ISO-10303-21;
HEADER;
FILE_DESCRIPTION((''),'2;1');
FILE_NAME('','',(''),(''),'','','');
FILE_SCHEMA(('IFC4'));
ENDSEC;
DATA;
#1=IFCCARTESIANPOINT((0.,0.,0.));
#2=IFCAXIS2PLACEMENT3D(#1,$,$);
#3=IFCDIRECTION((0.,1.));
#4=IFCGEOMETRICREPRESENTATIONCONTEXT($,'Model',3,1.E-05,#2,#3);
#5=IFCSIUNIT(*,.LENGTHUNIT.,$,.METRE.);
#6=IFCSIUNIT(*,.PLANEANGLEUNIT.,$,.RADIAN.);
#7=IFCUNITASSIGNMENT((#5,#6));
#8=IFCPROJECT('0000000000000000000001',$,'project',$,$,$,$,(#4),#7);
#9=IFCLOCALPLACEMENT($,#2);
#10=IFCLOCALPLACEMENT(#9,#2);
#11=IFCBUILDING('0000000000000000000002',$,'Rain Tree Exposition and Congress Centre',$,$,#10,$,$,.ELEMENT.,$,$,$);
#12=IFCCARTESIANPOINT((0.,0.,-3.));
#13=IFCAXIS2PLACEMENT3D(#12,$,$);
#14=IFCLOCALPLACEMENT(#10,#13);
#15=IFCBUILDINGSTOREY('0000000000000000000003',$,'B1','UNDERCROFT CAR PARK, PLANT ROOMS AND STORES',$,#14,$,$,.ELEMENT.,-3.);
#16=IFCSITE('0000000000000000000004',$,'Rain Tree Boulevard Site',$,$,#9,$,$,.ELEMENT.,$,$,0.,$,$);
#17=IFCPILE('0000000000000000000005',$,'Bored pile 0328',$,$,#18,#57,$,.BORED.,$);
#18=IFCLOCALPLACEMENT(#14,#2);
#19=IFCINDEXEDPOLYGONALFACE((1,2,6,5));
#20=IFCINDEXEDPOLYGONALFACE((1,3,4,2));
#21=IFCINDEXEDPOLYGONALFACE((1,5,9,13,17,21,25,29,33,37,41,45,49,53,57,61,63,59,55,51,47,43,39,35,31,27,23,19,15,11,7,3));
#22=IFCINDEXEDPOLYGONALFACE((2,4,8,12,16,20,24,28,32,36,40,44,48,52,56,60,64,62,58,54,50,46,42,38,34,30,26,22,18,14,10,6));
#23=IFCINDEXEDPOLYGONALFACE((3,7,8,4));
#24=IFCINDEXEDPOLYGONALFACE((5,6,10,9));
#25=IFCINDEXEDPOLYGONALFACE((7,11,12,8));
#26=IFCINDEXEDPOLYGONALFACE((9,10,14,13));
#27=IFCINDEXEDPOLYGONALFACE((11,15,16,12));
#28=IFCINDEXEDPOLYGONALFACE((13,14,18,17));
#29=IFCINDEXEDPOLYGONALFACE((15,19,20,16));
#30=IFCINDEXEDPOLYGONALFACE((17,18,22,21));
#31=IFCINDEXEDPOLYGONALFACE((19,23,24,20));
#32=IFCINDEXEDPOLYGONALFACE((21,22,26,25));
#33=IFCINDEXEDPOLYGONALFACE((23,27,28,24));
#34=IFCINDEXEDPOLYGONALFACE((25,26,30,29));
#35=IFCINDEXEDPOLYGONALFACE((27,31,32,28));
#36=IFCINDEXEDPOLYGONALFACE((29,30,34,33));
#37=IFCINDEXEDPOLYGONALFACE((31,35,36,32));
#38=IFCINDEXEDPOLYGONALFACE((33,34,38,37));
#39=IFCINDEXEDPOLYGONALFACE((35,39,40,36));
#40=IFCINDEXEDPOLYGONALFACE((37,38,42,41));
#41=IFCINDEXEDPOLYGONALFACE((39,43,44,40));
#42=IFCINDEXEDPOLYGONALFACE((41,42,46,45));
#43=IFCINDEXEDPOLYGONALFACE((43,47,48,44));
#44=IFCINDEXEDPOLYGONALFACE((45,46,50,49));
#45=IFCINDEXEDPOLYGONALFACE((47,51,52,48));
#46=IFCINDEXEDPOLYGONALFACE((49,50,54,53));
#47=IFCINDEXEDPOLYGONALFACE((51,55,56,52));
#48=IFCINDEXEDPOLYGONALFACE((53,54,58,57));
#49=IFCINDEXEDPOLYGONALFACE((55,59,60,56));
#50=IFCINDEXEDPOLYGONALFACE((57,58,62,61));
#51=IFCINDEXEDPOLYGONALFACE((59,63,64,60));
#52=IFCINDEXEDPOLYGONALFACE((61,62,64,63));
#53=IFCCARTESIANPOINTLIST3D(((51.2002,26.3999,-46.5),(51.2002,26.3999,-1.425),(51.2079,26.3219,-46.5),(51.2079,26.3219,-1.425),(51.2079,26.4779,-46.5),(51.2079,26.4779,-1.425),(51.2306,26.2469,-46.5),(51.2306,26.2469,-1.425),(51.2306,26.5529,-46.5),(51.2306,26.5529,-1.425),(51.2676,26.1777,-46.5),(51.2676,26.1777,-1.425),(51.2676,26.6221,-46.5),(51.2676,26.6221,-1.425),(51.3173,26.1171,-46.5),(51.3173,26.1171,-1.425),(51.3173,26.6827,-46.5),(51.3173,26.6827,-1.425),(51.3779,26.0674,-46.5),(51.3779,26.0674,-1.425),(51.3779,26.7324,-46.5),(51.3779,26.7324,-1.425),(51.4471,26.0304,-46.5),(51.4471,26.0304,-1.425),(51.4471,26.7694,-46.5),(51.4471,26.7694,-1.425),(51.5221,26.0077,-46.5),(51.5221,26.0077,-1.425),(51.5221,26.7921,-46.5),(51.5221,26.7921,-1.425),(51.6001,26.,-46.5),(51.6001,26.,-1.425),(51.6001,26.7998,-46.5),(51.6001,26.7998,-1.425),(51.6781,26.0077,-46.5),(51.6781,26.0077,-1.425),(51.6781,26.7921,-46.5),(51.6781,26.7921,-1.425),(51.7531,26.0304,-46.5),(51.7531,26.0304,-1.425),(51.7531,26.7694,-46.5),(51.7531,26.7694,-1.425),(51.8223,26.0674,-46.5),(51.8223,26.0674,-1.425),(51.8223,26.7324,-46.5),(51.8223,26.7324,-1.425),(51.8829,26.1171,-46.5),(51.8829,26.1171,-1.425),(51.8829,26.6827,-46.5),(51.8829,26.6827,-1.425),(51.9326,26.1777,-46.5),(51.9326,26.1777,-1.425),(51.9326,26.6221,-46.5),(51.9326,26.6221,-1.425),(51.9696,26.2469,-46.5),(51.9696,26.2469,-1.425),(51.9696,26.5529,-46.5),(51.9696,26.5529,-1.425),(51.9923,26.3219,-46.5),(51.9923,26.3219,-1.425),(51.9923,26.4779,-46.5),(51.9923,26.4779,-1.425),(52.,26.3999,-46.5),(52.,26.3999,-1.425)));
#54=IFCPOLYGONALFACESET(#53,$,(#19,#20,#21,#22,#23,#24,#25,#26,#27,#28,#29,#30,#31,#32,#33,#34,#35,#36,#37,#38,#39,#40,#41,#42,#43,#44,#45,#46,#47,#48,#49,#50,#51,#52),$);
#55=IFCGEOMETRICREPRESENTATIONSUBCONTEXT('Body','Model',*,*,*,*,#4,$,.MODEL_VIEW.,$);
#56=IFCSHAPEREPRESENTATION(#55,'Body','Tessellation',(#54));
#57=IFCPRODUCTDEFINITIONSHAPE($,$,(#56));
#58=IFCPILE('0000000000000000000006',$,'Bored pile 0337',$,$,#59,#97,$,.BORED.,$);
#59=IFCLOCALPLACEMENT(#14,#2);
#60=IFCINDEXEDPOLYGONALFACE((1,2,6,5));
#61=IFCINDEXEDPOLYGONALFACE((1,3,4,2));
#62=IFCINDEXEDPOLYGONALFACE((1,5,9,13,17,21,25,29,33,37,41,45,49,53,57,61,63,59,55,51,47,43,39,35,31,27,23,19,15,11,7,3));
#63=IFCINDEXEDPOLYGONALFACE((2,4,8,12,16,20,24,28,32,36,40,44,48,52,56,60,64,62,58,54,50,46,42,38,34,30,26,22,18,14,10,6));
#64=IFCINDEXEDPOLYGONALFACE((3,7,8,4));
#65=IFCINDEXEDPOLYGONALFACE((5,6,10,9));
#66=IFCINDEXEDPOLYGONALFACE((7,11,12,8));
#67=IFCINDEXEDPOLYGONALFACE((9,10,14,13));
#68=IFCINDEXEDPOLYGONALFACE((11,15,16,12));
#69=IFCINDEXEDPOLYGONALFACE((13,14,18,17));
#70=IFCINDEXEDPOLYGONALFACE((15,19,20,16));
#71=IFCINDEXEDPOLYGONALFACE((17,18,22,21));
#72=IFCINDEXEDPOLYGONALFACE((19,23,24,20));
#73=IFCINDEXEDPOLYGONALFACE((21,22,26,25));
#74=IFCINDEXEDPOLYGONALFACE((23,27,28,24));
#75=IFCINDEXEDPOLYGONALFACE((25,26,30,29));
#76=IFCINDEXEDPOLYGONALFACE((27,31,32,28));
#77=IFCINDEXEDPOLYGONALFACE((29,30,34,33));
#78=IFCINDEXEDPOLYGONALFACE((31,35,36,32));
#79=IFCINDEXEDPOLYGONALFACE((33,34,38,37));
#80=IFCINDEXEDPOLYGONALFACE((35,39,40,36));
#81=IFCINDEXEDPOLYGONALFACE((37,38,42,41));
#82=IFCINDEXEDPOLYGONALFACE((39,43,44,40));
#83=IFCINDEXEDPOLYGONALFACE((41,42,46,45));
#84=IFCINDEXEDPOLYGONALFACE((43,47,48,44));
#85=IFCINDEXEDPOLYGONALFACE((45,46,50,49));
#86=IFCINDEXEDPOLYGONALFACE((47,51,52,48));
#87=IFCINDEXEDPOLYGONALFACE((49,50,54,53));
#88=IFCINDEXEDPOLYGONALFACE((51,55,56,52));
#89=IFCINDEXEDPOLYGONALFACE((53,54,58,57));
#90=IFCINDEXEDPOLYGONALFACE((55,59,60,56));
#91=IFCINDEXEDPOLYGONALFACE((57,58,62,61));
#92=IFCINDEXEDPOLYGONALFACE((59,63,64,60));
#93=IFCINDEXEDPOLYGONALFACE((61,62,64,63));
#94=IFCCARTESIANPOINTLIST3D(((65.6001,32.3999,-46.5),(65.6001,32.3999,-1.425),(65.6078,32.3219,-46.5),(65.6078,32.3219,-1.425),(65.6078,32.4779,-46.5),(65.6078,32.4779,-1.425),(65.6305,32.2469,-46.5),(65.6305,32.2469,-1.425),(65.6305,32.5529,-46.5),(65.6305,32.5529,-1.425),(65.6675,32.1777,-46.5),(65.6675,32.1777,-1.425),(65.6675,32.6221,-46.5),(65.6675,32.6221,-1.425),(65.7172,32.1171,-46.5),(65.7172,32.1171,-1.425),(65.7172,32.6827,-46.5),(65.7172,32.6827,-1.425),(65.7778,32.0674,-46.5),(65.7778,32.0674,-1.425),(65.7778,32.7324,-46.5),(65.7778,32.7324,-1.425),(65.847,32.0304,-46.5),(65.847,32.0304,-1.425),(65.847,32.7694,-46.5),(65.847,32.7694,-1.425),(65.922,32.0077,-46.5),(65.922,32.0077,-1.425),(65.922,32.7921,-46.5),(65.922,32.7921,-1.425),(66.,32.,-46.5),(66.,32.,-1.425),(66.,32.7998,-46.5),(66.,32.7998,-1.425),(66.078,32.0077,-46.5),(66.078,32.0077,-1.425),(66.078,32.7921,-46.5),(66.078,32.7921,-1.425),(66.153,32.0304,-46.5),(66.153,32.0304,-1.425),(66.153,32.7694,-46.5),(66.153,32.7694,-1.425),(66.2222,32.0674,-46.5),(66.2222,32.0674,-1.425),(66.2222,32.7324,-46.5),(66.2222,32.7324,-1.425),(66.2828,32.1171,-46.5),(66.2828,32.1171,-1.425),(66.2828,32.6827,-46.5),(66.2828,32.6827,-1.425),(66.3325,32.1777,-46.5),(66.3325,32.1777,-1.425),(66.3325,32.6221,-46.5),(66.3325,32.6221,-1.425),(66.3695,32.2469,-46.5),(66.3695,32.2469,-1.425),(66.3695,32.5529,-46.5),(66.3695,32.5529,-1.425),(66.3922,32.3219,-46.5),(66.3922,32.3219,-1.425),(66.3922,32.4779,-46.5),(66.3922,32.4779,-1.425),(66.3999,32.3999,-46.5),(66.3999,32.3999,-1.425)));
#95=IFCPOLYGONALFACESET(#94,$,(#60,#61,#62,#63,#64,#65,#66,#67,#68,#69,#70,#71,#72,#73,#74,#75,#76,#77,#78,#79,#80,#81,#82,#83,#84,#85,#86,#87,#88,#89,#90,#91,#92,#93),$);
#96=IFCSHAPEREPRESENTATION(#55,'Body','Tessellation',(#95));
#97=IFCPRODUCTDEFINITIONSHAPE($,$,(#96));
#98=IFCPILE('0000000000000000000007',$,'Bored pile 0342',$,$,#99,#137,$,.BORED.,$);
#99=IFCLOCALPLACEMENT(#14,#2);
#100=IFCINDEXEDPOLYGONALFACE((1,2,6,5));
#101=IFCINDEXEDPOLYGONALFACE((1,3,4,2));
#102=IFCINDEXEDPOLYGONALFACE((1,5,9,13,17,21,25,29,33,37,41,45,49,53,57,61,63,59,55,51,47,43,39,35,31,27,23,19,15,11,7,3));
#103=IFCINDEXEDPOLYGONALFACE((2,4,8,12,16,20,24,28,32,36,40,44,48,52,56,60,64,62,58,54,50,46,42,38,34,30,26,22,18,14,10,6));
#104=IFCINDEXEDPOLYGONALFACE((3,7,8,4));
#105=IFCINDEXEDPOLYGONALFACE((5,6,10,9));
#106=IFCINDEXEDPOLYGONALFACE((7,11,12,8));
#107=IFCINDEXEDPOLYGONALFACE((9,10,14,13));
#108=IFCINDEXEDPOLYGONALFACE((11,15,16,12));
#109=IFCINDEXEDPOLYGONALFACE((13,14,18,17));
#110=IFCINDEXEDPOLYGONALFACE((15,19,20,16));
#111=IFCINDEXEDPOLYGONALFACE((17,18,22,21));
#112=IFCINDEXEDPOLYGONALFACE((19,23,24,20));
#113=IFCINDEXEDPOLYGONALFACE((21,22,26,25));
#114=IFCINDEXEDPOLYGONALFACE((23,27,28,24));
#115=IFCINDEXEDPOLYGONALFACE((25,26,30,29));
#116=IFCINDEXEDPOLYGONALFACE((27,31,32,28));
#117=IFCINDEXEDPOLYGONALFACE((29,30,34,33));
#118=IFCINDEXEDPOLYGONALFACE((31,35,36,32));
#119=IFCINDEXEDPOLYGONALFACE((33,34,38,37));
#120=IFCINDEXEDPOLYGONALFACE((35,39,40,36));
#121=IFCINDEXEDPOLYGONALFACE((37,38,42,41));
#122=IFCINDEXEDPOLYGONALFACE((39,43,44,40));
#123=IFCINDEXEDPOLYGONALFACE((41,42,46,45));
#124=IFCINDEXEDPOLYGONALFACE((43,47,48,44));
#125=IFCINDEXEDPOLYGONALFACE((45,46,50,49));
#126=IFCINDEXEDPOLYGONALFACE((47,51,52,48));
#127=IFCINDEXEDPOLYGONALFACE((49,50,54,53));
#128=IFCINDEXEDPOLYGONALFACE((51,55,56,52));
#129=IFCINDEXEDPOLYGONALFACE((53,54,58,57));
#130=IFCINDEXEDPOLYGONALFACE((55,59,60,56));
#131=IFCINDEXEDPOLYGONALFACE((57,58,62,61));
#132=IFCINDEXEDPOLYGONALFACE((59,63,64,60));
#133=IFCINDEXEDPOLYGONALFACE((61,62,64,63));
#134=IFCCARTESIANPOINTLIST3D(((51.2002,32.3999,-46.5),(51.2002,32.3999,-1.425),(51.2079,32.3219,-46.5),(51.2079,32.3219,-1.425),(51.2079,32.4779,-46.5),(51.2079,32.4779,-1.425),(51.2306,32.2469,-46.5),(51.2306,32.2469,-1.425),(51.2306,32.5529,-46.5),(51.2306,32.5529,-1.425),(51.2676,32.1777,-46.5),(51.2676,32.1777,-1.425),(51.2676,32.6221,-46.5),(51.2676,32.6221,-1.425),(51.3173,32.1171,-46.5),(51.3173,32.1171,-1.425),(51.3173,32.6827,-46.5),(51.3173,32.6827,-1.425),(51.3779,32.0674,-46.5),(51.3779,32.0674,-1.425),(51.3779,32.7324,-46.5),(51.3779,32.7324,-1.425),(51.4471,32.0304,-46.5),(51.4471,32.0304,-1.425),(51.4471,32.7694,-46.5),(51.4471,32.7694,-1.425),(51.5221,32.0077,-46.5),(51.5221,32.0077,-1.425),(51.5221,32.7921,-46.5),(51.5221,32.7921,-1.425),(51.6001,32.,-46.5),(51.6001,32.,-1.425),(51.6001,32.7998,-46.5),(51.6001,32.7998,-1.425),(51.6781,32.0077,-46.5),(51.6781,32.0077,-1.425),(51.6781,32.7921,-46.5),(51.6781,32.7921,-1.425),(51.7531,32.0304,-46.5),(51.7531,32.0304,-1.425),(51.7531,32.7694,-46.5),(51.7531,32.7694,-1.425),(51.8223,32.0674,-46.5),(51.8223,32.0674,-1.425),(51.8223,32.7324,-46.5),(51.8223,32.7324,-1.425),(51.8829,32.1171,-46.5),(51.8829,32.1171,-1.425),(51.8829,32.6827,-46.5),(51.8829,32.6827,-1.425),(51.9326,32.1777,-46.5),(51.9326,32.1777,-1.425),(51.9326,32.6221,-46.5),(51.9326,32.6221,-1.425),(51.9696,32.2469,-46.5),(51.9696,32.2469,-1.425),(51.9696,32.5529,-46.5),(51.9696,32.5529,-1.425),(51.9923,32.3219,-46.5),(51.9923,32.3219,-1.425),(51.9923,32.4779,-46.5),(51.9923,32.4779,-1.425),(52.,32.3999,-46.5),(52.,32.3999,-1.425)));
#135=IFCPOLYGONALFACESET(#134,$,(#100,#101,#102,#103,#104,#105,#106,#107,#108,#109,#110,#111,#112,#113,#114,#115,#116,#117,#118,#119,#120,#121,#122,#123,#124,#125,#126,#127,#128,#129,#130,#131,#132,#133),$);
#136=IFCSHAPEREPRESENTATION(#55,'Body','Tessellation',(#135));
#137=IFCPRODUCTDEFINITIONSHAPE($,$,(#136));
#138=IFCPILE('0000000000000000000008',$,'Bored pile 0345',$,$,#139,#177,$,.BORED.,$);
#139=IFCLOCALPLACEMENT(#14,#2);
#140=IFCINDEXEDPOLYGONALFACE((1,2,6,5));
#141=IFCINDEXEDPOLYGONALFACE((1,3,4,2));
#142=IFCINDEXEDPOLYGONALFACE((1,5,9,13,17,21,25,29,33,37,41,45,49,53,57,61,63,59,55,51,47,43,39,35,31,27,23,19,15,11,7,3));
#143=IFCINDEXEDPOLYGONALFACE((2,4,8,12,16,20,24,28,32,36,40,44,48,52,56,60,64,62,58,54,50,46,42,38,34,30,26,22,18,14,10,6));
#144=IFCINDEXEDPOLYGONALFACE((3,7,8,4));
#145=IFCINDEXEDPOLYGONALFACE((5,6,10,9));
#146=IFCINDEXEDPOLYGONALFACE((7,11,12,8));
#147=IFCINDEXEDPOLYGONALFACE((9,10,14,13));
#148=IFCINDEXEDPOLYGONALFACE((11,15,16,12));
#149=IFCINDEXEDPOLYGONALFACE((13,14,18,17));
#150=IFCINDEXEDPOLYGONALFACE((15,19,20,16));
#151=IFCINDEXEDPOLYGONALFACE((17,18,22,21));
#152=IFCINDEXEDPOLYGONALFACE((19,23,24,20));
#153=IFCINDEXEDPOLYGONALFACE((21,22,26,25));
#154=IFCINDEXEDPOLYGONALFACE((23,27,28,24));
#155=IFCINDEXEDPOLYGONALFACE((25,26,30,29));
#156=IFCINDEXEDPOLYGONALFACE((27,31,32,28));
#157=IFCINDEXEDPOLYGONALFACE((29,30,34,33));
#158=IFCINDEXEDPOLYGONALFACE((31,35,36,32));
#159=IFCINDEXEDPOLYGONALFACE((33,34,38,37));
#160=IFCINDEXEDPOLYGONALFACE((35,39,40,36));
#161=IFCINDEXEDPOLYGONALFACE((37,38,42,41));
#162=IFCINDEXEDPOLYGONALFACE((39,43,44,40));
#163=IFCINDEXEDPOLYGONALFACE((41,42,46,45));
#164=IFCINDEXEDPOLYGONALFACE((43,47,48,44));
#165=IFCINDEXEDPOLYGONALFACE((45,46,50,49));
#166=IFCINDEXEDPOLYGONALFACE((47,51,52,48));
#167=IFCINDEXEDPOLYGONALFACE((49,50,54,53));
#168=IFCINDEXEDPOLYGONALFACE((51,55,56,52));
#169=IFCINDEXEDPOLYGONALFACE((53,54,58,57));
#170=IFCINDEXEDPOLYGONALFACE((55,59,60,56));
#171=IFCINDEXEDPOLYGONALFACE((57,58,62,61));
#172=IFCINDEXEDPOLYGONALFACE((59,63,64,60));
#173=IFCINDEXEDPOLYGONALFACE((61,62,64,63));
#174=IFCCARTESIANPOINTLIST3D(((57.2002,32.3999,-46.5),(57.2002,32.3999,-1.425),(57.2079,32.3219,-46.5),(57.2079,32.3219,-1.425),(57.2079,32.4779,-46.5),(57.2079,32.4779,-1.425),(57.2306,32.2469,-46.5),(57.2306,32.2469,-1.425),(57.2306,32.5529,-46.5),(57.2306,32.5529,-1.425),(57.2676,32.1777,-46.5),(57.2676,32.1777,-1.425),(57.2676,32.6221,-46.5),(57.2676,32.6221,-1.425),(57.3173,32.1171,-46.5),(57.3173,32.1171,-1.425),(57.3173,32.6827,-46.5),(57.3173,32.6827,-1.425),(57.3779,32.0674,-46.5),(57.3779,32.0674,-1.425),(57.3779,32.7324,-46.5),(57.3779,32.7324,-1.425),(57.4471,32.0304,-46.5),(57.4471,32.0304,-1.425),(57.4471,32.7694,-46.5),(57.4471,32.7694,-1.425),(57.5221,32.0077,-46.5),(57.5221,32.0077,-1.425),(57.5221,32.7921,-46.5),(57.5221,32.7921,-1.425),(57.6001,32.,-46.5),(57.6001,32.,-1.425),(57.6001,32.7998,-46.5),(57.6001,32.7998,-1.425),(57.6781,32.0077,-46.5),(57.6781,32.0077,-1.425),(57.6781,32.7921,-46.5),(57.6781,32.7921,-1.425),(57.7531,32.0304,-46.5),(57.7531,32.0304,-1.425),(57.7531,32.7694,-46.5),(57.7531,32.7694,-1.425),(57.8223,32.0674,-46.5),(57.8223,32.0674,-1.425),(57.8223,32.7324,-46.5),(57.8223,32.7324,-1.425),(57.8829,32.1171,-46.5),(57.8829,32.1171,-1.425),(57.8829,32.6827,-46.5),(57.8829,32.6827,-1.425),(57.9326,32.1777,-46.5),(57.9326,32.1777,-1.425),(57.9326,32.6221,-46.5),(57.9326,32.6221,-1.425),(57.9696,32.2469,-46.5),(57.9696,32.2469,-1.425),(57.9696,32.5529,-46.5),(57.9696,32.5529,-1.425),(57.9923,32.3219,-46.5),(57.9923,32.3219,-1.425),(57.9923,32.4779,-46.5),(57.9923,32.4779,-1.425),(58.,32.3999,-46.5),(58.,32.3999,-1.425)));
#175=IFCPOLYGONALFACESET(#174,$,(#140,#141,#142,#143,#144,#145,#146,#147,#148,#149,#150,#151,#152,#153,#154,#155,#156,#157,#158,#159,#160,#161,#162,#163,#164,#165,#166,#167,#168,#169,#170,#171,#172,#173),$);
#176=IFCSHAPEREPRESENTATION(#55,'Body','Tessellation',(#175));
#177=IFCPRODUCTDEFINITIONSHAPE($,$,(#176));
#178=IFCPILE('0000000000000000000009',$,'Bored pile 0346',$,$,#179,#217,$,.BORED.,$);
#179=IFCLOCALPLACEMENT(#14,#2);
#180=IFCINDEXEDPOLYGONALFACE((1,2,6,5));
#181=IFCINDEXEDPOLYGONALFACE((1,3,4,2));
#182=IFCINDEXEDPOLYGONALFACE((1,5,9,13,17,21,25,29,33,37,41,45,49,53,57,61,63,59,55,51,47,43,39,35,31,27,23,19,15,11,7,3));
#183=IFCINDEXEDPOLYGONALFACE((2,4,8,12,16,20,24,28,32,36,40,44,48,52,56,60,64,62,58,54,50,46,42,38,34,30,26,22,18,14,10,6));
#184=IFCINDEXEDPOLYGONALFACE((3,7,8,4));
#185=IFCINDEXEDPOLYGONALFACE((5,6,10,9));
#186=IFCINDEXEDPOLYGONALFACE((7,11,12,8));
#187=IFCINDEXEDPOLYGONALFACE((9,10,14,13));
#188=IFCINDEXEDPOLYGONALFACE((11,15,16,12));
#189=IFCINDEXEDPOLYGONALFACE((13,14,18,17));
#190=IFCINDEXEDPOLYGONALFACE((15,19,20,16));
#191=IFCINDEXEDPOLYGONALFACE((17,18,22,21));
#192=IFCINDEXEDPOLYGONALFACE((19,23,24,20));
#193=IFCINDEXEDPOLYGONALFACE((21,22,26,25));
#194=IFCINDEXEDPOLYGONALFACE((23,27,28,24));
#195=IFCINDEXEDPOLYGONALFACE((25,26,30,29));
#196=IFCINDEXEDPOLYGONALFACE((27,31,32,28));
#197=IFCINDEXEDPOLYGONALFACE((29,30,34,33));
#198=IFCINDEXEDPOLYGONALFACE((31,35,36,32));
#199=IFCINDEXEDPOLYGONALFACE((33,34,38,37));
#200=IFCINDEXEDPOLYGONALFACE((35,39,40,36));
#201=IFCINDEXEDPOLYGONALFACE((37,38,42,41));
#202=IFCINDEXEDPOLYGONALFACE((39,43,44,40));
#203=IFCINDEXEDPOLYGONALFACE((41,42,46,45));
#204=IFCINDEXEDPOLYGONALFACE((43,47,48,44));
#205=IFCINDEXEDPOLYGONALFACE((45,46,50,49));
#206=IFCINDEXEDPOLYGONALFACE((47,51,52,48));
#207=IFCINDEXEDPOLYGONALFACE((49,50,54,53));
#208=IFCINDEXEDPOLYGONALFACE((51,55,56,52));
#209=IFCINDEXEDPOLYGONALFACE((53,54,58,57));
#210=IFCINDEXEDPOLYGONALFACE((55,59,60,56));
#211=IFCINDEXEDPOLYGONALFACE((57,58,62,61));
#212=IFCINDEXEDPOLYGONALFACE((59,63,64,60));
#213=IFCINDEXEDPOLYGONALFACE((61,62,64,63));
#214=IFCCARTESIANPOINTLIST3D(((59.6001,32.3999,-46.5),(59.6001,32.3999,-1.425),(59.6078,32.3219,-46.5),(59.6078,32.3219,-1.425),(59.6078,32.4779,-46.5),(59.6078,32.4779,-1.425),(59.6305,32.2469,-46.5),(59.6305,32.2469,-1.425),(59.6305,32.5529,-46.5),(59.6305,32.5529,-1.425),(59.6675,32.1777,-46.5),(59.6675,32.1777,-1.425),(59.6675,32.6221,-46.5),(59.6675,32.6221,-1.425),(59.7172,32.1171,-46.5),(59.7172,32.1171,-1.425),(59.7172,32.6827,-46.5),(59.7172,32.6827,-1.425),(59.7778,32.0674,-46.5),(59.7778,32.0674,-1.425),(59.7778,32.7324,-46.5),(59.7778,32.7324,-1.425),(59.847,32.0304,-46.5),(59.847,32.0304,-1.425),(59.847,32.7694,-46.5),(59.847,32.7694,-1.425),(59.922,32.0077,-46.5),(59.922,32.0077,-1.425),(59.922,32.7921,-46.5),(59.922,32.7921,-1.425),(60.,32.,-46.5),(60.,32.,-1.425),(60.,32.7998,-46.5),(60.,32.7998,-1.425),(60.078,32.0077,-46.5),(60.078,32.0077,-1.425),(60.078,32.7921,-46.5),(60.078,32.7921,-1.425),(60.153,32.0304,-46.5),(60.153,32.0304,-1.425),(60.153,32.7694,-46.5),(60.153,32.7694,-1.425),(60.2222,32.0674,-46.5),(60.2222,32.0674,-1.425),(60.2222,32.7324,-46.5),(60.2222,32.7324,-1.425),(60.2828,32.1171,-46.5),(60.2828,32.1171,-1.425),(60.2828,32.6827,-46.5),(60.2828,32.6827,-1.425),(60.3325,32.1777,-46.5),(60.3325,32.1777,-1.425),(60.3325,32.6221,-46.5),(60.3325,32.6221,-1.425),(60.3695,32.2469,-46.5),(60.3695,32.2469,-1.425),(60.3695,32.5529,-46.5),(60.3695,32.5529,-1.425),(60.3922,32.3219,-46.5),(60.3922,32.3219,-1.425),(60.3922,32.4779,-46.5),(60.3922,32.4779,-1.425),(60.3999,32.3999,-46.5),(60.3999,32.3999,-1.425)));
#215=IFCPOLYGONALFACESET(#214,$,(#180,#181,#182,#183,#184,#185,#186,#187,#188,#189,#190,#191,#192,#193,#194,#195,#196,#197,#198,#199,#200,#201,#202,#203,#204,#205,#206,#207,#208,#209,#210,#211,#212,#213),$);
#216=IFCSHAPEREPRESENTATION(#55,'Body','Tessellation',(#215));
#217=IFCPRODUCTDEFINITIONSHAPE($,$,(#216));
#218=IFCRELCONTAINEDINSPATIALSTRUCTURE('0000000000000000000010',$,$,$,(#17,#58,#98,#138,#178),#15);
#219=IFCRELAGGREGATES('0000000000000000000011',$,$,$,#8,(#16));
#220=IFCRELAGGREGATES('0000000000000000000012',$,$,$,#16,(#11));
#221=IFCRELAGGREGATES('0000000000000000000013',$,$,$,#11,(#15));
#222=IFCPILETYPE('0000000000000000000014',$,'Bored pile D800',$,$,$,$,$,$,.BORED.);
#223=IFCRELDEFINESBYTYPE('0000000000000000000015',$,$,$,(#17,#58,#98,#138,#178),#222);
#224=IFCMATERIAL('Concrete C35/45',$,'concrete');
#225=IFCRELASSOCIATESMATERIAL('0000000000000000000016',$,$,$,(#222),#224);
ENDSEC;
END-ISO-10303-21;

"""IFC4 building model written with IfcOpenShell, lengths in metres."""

from ifc_helpers import new_model, si_unit, direction, frame, origin, origin_2d, place, context, subcontext, project, spatial, circle, extrude, material, material_profile, profile_set, type_object, element, save


model = new_model("IFC4")

# Units and contexts
model_context = context("Model", 3, precision=1e-05, world=origin(), true_north=direction((0.0, 1.0)))
body_context = subcontext(model_context, "Body", "Model", "MODEL_VIEW")
ifc_project = project(units=[si_unit("LENGTHUNIT", "METRE"), si_unit("PLANEANGLEUNIT", "RADIAN")], contexts=[model_context])

# Site, building, storey
site_placement = place(None, origin())
site = spatial("IfcSite", under=ifc_project, at=site_placement, Name="Rain Tree Boulevard Site", CompositionType="ELEMENT", RefElevation=0.0)
building_placement = place(site_placement, origin())
building = spatial("IfcBuilding", under=site, at=building_placement, Name="Rain Tree Exposition and Congress Centre", CompositionType="ELEMENT")
storey_placement = place(building_placement, frame((0.0, 0.0, -3.0)))
storey = spatial("IfcBuildingStorey", under=building, at=storey_placement, Name="B1", Description="UNDERCROFT CAR PARK, PLANT ROOMS AND STORES", CompositionType="ELEMENT", Elevation=-3.0)

# Piles
ifc_material_1 = material(Name="Concrete C35/45", Category="concrete")
ifc_material_profile_1 = material_profile(ifc_material_1, circle(Radius=0.3999, at=origin_2d()), Name="D800")
ifc_profile_set_1 = profile_set([ifc_material_profile_1], Name="Concrete C35/45")
pile_type_1 = type_object("IfcPileType", Name="Bored pile D800", PredefinedType="BORED", material=ifc_profile_set_1)
for number, where, z_axis, x_axis, name in (
    (1, (51.6001, 26.3999, -1.425), (0.0, 0.0, -1.0), (1.0, 0.0, 0.0), "Bored pile 0328"),
    (2, (66.0, 32.3999, -1.425), (0.0, 0.0, -1.0), (1.0, 0.0, 0.0), "Bored pile 0337"),
    (3, (51.6001, 32.3999, -1.425), (0.0, 0.0, -1.0), (1.0, 0.0, 0.0), "Bored pile 0342"),
    (4, (57.6001, 32.3999, -1.425), (0.0, 0.0, -1.0), (1.0, 0.0, 0.0), "Bored pile 0345"),
    (5, (60.0, 32.3999, -1.425), (0.0, 0.0, -1.0), (1.0, 0.0, 0.0), "Bored pile 0346"),
):
    element("IfcPile", number, at=place(storey_placement, frame(where, z_axis=z_axis, x_axis=x_axis)), inside=storey, type_object=pile_type_1, Name=name, PredefinedType="BORED", context=body_context, shape_type="SweptSolid", body=[
        extrude(circle(Radius=0.3999, at=origin_2d()), origin(), (0.0, 0.0, 1.0), 45.075),
    ])

save(model, "model.ifc")
